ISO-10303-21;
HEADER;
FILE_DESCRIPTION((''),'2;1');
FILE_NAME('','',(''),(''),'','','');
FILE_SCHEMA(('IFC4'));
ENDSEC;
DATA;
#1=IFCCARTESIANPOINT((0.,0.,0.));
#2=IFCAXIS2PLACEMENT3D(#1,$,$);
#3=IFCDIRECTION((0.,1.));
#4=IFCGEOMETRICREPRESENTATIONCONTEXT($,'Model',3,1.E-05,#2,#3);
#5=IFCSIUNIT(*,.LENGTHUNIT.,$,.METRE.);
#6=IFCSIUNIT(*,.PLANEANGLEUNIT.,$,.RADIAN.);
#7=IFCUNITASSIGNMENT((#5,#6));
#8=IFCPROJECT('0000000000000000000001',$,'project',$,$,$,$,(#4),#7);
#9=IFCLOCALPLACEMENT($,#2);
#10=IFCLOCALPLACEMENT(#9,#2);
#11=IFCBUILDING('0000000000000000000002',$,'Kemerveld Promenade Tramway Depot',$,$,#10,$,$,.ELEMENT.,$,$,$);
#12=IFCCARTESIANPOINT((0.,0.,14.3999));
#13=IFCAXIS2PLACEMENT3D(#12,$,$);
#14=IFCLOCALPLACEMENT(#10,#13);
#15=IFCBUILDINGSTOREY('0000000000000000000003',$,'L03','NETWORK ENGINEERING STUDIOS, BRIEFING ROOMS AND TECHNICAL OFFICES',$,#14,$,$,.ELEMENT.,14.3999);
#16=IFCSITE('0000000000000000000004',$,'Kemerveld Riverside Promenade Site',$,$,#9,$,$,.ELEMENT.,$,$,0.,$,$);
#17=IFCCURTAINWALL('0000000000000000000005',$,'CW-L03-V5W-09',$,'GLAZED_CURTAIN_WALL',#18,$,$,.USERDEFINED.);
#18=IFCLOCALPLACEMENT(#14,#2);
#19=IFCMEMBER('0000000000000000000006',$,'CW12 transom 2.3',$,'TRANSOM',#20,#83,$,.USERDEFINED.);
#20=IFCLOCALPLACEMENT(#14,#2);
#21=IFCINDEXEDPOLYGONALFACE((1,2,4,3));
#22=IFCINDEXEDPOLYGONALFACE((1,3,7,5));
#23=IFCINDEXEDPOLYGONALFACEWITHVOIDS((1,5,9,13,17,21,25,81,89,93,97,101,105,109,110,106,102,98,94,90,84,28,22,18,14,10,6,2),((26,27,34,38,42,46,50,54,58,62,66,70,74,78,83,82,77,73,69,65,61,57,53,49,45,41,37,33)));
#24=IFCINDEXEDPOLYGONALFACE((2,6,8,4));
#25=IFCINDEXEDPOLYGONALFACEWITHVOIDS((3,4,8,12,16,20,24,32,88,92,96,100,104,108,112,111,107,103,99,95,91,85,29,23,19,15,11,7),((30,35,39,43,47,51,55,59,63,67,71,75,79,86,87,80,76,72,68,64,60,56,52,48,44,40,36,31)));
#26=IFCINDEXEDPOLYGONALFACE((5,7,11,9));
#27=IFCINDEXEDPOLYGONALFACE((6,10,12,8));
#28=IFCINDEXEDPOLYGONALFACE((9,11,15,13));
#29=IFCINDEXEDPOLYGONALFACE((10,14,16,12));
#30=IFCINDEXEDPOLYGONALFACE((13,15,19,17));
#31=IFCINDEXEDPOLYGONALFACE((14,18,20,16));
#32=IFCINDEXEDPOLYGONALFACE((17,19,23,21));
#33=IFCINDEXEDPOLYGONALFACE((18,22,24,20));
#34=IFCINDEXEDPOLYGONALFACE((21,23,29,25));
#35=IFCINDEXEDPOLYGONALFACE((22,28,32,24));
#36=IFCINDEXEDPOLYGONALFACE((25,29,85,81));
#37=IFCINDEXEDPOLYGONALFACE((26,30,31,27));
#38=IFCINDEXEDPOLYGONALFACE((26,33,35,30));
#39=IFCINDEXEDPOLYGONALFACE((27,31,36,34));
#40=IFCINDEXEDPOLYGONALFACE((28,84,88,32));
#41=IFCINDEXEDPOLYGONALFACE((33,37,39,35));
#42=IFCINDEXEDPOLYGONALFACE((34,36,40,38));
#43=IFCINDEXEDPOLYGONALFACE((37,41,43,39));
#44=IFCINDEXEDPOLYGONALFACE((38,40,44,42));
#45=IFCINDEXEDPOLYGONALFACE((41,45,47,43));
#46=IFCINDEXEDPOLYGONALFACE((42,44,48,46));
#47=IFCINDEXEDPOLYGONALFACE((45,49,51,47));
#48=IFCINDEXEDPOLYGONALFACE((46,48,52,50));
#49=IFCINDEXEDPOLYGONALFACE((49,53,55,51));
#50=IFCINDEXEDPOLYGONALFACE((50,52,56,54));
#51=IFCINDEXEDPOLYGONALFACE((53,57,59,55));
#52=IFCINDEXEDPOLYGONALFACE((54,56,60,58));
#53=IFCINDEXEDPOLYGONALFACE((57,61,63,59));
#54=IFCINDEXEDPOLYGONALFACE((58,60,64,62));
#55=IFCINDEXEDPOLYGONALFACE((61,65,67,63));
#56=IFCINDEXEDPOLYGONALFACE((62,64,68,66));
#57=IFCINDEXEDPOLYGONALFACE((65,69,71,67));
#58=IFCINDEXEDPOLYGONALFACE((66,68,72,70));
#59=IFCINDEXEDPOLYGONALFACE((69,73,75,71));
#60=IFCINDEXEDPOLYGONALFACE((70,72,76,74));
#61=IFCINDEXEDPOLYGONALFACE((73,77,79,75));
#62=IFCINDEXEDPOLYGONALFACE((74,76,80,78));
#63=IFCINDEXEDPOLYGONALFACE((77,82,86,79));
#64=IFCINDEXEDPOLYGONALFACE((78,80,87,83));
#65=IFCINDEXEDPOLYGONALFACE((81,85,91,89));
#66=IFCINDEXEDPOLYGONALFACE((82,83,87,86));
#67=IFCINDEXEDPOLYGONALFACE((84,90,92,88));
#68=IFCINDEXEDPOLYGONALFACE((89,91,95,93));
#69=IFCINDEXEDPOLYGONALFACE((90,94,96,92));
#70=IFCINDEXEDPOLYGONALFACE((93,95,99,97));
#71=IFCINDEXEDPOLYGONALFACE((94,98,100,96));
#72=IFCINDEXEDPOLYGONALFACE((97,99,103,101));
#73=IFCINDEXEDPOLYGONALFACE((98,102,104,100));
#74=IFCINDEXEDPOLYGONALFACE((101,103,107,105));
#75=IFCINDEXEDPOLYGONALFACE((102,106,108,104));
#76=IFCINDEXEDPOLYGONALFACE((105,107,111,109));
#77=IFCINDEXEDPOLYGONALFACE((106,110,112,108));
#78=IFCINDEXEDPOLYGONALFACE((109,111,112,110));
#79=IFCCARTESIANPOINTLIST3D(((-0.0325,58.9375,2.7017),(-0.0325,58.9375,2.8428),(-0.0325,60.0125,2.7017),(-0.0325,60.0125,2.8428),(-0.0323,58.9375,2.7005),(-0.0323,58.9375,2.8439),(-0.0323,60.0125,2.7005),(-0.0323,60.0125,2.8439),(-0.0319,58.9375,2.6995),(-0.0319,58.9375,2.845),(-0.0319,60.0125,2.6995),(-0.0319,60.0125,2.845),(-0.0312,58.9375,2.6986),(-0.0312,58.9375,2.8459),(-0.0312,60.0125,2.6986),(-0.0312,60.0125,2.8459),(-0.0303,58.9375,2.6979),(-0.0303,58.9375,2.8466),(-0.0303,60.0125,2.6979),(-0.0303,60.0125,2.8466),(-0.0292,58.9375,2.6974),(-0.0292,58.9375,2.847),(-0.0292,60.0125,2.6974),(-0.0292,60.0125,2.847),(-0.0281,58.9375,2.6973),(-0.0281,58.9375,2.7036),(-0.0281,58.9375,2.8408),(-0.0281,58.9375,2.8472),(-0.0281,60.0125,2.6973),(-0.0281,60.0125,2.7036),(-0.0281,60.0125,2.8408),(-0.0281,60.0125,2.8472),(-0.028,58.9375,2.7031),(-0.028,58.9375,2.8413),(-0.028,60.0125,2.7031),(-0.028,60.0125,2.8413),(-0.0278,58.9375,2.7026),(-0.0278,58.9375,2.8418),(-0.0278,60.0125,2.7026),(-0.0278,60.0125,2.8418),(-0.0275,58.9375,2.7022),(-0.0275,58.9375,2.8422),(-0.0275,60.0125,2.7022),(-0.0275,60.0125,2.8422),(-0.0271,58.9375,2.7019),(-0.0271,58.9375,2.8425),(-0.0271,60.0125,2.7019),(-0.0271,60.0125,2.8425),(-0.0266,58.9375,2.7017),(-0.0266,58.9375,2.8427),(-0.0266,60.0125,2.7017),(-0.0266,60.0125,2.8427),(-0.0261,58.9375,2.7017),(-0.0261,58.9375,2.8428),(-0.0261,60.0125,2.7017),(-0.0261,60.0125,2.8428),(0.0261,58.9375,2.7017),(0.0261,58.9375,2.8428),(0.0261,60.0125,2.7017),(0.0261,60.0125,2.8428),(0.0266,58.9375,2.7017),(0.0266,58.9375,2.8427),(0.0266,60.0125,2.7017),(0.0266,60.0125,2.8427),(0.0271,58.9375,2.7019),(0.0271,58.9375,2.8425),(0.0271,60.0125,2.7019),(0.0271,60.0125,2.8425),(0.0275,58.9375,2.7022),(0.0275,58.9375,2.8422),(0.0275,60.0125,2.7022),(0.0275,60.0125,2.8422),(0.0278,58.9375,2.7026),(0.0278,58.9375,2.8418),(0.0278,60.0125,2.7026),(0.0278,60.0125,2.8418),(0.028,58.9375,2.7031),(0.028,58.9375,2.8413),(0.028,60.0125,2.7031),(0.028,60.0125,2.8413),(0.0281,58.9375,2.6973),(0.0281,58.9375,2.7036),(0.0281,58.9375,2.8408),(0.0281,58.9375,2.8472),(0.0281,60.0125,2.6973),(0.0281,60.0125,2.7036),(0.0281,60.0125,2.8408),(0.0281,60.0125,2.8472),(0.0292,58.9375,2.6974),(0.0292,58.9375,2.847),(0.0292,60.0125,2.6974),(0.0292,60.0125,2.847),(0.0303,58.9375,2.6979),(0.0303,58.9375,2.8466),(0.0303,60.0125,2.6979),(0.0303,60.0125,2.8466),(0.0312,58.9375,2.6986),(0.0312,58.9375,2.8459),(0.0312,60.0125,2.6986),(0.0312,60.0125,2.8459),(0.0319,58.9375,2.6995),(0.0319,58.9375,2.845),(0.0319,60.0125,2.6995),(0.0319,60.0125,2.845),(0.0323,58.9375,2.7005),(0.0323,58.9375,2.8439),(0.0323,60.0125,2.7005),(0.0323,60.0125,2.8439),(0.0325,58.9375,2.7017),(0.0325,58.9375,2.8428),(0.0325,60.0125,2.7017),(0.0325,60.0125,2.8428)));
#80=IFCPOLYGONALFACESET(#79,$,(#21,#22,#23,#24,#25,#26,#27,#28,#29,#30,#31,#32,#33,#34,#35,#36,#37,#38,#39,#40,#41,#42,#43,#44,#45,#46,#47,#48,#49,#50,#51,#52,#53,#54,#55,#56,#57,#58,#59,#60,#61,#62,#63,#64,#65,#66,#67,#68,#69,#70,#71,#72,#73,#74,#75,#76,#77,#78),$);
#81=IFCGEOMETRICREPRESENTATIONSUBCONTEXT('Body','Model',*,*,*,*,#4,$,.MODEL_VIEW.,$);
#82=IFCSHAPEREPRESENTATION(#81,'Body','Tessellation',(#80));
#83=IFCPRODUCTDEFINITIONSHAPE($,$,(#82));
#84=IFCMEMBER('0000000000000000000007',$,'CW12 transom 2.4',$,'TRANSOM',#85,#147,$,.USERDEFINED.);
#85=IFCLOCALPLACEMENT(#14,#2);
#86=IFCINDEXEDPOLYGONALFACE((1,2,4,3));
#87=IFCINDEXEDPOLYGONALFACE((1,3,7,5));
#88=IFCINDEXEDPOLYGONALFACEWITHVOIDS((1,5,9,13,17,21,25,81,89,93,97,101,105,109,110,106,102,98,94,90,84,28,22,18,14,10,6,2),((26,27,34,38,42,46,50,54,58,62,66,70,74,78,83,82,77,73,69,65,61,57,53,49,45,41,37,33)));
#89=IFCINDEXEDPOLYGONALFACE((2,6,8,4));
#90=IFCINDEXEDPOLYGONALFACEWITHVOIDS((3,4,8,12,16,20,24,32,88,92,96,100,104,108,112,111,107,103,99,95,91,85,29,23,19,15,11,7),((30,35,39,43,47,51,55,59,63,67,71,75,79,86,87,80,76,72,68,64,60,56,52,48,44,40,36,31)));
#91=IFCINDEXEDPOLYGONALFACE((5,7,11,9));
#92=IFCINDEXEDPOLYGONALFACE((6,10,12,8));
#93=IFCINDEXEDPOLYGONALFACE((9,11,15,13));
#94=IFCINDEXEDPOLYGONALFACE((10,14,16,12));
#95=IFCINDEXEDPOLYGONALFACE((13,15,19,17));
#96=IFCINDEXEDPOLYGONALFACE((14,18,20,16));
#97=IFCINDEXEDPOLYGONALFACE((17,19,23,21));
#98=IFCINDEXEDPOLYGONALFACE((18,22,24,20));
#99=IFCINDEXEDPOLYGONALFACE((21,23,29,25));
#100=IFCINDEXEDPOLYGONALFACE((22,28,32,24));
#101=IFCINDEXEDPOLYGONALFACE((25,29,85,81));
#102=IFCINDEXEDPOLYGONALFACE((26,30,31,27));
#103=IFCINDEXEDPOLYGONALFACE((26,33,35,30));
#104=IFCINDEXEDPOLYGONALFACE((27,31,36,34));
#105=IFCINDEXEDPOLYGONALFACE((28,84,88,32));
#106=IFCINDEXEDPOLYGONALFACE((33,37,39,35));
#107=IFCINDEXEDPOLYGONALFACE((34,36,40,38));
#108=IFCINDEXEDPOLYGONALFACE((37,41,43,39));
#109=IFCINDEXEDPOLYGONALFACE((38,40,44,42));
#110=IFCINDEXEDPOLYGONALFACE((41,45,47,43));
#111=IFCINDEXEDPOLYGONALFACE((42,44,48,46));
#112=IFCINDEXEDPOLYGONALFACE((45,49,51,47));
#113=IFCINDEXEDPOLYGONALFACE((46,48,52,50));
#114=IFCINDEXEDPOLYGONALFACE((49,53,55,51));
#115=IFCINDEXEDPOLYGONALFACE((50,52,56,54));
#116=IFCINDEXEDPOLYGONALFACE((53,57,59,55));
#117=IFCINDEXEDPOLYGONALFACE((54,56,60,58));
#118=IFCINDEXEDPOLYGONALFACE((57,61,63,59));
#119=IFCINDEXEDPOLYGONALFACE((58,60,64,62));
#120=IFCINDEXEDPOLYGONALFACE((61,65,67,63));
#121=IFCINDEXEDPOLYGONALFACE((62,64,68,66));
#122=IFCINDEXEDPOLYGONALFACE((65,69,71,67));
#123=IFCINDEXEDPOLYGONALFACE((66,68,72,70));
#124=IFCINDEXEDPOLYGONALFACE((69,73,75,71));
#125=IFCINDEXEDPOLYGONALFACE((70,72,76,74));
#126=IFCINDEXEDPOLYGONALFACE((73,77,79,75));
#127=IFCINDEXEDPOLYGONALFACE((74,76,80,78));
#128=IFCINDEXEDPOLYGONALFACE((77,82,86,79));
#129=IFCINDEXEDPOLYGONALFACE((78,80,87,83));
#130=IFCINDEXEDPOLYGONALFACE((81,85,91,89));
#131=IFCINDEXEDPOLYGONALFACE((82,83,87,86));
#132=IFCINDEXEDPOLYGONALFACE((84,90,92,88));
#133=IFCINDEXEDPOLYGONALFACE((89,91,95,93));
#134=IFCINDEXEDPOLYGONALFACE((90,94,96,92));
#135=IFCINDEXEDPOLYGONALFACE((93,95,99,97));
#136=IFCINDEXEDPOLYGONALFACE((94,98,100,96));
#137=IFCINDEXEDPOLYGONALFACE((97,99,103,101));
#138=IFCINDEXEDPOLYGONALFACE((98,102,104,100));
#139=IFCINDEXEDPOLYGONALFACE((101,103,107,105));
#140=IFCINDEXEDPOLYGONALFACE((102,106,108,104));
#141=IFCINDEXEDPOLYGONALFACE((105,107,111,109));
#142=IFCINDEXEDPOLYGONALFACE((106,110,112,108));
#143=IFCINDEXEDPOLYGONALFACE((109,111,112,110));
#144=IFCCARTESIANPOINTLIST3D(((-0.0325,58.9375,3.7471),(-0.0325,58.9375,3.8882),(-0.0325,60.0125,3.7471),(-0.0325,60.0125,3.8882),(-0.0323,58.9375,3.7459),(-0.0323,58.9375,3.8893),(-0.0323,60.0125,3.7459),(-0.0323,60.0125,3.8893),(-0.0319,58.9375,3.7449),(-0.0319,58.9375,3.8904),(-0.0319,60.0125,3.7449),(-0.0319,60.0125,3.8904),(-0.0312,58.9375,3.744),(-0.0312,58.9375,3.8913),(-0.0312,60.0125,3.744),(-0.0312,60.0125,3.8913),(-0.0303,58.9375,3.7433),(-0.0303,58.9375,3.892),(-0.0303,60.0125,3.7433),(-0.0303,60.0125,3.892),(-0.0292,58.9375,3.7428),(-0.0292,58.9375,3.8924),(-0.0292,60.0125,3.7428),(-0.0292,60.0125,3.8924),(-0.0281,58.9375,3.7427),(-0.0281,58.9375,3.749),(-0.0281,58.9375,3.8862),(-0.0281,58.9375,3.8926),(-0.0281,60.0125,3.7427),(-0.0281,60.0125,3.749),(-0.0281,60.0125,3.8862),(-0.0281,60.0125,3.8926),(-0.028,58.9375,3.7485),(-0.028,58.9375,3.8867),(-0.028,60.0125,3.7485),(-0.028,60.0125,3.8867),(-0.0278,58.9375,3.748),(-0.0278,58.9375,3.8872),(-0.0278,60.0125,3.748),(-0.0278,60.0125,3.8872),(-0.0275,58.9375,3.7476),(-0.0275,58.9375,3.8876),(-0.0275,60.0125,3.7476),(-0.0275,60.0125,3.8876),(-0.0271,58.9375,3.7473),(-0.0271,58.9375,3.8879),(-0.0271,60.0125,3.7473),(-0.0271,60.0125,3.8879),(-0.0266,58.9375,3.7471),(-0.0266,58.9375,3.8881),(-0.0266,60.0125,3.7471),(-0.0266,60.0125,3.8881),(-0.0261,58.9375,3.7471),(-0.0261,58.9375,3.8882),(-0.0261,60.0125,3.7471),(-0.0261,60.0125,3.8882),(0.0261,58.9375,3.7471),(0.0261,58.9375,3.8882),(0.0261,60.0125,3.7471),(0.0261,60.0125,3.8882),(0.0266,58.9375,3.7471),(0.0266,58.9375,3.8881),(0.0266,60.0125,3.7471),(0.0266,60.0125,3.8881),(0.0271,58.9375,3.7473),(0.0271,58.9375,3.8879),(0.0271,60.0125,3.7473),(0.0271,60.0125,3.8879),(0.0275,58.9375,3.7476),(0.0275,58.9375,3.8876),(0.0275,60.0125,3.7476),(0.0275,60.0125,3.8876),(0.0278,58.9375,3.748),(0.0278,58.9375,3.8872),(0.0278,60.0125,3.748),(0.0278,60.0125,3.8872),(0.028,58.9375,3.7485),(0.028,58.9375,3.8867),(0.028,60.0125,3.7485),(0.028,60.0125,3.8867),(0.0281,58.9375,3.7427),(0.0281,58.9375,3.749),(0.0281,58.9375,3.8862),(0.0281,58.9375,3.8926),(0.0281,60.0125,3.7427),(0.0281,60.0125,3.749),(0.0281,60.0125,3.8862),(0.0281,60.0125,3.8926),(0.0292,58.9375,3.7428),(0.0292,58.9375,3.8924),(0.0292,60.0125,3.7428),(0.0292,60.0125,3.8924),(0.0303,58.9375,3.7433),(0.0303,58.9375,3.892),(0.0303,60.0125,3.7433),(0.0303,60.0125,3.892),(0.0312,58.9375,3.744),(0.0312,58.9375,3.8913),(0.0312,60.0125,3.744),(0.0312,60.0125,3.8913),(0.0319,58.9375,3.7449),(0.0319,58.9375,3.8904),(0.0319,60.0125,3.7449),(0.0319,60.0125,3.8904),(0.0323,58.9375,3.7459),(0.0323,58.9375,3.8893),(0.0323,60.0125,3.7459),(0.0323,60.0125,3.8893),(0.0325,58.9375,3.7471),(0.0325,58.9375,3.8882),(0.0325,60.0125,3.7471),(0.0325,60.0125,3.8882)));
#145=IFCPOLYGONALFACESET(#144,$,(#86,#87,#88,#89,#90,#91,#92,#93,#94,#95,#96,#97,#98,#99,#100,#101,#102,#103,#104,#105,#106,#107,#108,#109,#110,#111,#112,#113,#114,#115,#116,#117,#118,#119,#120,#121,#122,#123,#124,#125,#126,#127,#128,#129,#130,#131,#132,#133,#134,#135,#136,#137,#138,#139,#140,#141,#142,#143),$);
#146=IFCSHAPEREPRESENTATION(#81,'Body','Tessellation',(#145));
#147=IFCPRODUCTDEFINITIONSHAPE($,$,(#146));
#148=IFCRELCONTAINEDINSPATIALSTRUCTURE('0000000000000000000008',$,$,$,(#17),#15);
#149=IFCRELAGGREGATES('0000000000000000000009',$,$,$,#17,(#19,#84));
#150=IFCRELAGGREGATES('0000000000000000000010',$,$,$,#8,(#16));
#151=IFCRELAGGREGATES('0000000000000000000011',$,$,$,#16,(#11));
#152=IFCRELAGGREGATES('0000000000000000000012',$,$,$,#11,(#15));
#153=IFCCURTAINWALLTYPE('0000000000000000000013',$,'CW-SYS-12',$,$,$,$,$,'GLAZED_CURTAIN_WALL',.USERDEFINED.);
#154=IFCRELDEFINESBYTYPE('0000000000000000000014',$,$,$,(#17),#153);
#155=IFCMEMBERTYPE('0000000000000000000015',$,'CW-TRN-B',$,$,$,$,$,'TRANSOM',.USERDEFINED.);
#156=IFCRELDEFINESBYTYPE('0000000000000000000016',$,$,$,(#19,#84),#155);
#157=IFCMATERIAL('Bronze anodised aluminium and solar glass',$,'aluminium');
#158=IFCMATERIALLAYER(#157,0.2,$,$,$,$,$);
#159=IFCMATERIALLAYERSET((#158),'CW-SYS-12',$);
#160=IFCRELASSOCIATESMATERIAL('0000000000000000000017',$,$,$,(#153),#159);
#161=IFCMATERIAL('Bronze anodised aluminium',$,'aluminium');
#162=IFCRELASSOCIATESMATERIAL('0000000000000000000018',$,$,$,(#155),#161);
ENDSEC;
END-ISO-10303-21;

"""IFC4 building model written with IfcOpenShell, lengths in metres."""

from ifc_helpers import new_model, si_unit, direction, frame, origin, origin_2d, place, context, subcontext, project, spatial, hollow_rectangle, extrude, material, layer, layer_set, material_profile, profile_set, type_object, element, aggregate, save


model = new_model("IFC4")

# Units and contexts
model_context = context("Model", 3, precision=1e-05, world=origin(), true_north=direction((0.0, 1.0)))
body_context = subcontext(model_context, "Body", "Model", "MODEL_VIEW")
ifc_project = project(units=[si_unit("LENGTHUNIT", "METRE"), si_unit("PLANEANGLEUNIT", "RADIAN")], contexts=[model_context])

# Site, building, storey
site_placement = place(None, origin())
site = spatial("IfcSite", under=ifc_project, at=site_placement, Name="Kemerveld Riverside Promenade Site", CompositionType="ELEMENT", RefElevation=0.0)
building_placement = place(site_placement, origin())
building = spatial("IfcBuilding", under=site, at=building_placement, Name="Kemerveld Promenade Tramway Depot", CompositionType="ELEMENT")
storey_placement = place(building_placement, frame((0.0, 0.0, 14.3999)))
storey = spatial("IfcBuildingStorey", under=building, at=storey_placement, Name="L03", Description="NETWORK ENGINEERING STUDIOS, BRIEFING ROOMS AND TECHNICAL OFFICES", CompositionType="ELEMENT", Elevation=14.3999)

# Curtain wall, members
ifc_material_1 = material(Name="Bronze anodised aluminium and solar glass", Category="aluminium")
ifc_layer_1 = layer(ifc_material_1, 0.2)
ifc_layer_set_1 = layer_set([ifc_layer_1], Name="CW-SYS-12")
curtain_wall_type = type_object("IfcCurtainWallType", Name="CW-SYS-12", ElementType="GLAZED_CURTAIN_WALL", PredefinedType="USERDEFINED", material=ifc_layer_set_1)
curtain_wall_placement = place(storey_placement, origin())
curtain_wall = element("IfcCurtainWall", 1, at=curtain_wall_placement, inside=storey, type_object=curtain_wall_type, Name="CW-L03-V5W-09", ObjectType="GLAZED_CURTAIN_WALL", PredefinedType="USERDEFINED")
ifc_material_2 = material(Name="Bronze anodised aluminium", Category="aluminium")
ifc_material_profile_1 = material_profile(ifc_material_2, hollow_rectangle(XDim=0.0649, YDim=0.1499, WallThickness=0.0044, InnerFilletRadius=0.002, OuterFilletRadius=0.0044, at=origin_2d()), Name="CW-TRN-150x65")
ifc_profile_set_1 = profile_set([ifc_material_profile_1], Name="Bronze anodised aluminium")
member_type_1 = type_object("IfcMemberType", Name="CW-TRN-B", ElementType="TRANSOM", PredefinedType="USERDEFINED", material=ifc_profile_set_1)
member_1_placement = place(storey_placement, frame((0.0, 58.9375, 2.7722), z_axis=(0.0, 1.0, 0.0), x_axis=(-1.0, 0.0, 0.0)))
member_1 = element("IfcMember", 2, at=member_1_placement, type_object=member_type_1, Name="CW12 transom 2.3", ObjectType="TRANSOM", PredefinedType="USERDEFINED", context=body_context, shape_type="SweptSolid", body=[
    extrude(hollow_rectangle(XDim=0.0649, YDim=0.1499, WallThickness=0.0044, InnerFilletRadius=0.002, OuterFilletRadius=0.0044, at=origin_2d()), origin(), (0.0, 0.0, 1.0), 1.075),
])
member_2_placement = place(storey_placement, frame((0.0, 58.9375, 3.8176), z_axis=(0.0, 1.0, 0.0), x_axis=(-1.0, 0.0, 0.0)))
member_2 = element("IfcMember", 3, at=member_2_placement, type_object=member_type_1, Name="CW12 transom 2.4", ObjectType="TRANSOM", PredefinedType="USERDEFINED", context=body_context, shape_type="SweptSolid", body=[
    extrude(hollow_rectangle(XDim=0.0649, YDim=0.1499, WallThickness=0.0044, InnerFilletRadius=0.002, OuterFilletRadius=0.0044, at=origin_2d()), origin(), (0.0, 0.0, 1.0), 1.075),
])
aggregate(curtain_wall, [member_1, member_2])

save(model, "model.ifc")
